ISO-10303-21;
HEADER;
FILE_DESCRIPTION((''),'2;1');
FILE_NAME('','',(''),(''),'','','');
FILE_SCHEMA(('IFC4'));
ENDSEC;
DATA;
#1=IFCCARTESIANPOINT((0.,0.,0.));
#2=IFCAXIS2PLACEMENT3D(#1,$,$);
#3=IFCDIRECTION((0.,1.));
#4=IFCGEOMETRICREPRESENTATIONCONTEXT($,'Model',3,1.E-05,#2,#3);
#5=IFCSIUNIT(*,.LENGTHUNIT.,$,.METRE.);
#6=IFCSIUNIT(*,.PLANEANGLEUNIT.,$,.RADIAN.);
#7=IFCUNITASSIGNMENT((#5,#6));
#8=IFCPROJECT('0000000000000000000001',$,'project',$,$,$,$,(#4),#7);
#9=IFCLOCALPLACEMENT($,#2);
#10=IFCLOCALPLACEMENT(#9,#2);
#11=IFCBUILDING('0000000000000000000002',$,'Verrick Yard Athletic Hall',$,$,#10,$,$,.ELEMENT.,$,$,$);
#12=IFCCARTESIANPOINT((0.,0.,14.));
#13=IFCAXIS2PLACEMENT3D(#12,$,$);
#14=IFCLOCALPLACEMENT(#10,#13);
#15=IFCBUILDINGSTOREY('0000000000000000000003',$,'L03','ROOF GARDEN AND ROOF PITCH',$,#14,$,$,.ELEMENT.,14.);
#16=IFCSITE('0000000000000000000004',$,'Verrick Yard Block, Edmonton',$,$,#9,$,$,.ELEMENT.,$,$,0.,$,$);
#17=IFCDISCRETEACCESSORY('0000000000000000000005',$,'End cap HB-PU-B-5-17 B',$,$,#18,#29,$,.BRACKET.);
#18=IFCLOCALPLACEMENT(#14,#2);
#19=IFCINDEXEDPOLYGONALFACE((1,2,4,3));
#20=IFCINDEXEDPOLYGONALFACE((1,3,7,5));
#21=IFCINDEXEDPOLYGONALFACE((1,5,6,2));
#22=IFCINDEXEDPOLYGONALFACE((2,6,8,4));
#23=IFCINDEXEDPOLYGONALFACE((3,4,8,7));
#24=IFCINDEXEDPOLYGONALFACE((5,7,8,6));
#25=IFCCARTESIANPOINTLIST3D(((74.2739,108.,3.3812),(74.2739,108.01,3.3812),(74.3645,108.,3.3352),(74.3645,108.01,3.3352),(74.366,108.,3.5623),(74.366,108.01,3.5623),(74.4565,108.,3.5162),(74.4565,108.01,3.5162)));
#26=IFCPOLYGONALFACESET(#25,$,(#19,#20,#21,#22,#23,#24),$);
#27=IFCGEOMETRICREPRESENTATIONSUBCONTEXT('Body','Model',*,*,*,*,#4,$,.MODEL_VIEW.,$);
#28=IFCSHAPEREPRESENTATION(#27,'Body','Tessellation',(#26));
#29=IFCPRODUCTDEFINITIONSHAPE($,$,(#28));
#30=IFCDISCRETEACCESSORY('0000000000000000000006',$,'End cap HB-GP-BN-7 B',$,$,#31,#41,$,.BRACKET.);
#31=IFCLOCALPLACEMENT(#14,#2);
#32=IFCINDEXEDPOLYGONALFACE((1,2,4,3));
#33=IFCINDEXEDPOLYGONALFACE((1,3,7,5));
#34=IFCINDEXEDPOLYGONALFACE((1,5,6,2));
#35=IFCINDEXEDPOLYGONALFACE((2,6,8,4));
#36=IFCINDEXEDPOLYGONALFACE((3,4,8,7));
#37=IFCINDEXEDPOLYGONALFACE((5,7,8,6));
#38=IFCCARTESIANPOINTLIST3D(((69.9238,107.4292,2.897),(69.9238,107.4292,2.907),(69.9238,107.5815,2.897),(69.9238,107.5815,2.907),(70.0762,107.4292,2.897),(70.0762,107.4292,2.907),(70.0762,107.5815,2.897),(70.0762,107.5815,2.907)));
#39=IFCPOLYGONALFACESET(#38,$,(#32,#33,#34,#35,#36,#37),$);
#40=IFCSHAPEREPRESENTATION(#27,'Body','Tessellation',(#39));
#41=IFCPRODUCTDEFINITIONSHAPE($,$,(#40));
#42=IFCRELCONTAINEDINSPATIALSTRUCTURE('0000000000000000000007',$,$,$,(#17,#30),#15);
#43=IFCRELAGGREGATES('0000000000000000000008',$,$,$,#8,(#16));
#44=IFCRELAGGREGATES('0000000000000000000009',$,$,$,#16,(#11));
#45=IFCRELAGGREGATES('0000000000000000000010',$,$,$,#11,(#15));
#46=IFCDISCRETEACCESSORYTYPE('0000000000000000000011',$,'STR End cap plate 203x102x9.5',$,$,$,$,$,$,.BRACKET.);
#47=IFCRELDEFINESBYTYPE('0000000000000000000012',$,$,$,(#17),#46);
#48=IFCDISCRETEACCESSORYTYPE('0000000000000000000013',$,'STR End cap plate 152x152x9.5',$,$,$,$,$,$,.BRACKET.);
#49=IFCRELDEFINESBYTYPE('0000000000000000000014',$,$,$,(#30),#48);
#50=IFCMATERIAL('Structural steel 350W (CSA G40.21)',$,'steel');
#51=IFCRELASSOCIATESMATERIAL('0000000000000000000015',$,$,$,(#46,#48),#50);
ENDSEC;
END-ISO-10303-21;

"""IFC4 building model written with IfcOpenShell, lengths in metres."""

from ifc_helpers import new_model, si_unit, direction, frame, origin, origin_2d, place, context, subcontext, project, spatial, rectangle, extrude, material, material_profile, profile_set, type_object, element, save


model = new_model("IFC4")

# Units and contexts
model_context = context("Model", 3, precision=1e-05, world=origin(), true_north=direction((0.0, 1.0)))
body_context = subcontext(model_context, "Body", "Model", "MODEL_VIEW")
ifc_project = project(units=[si_unit("LENGTHUNIT", "METRE"), si_unit("PLANEANGLEUNIT", "RADIAN")], contexts=[model_context])

# Site, building, storey
site_placement = place(None, origin())
site = spatial("IfcSite", under=ifc_project, at=site_placement, Name="Verrick Yard Block, Edmonton", CompositionType="ELEMENT", RefElevation=0.0)
building_placement = place(site_placement, origin())
building = spatial("IfcBuilding", under=site, at=building_placement, Name="Verrick Yard Athletic Hall", CompositionType="ELEMENT")
storey_placement = place(building_placement, frame((0.0, 0.0, 14.0)))
storey = spatial("IfcBuildingStorey", under=building, at=storey_placement, Name="L03", Description="ROOF GARDEN AND ROOF PITCH", CompositionType="ELEMENT", Elevation=14.0)

# Discrete accessories
ifc_material_1 = material(Name="Structural steel 350W (CSA G40.21)", Category="steel")
ifc_material_profile_1 = material_profile(ifc_material_1, rectangle(XDim=0.1016, YDim=0.2031, at=origin_2d()), Name="STR End cap plate 203x102x9.5")
ifc_profile_set_1 = profile_set([ifc_material_profile_1], Name="Structural steel 350W (CSA G40.21)")
discrete_accessory_type_1 = type_object("IfcDiscreteAccessoryType", Name="STR End cap plate 203x102x9.5", PredefinedType="BRACKET", material=ifc_profile_set_1)
discrete_accessory_1_placement = place(storey_placement, frame((74.3652, 108.0, 3.4487), z_axis=(0.0, 1.0, 0.0), x_axis=(-0.891353, 0.0, 0.45331)))
element("IfcDiscreteAccessory", 1, at=discrete_accessory_1_placement, inside=storey, type_object=discrete_accessory_type_1, Name="End cap HB-PU-B-5-17 B", PredefinedType="BRACKET", context=body_context, shape_type="SweptSolid", body=[
    extrude(rectangle(XDim=0.1016, YDim=0.2031, at=origin_2d()), origin(), (0.0, 0.0, 1.0), 0.01),
])
ifc_material_profile_2 = material_profile(ifc_material_1, rectangle(XDim=0.1523, YDim=0.1523, at=origin_2d()), Name="STR End cap plate 152x152x9.5")
ifc_profile_set_2 = profile_set([ifc_material_profile_2], Name="Structural steel 350W (CSA G40.21)")
discrete_accessory_type_2 = type_object("IfcDiscreteAccessoryType", Name="STR End cap plate 152x152x9.5", PredefinedType="BRACKET", material=ifc_profile_set_2)
discrete_accessory_2_placement = place(storey_placement, frame((70.0, 107.5054, 2.897), z_axis=(0.0, 0.0, 1.0), x_axis=(1.0, 0.0, 0.0)))
element("IfcDiscreteAccessory", 2, at=discrete_accessory_2_placement, inside=storey, type_object=discrete_accessory_type_2, Name="End cap HB-GP-BN-7 B", PredefinedType="BRACKET", context=body_context, shape_type="SweptSolid", body=[
    extrude(rectangle(XDim=0.1523, YDim=0.1523, at=origin_2d()), origin(), (0.0, 0.0, 1.0), 0.01),
])

save(model, "model.ifc")
